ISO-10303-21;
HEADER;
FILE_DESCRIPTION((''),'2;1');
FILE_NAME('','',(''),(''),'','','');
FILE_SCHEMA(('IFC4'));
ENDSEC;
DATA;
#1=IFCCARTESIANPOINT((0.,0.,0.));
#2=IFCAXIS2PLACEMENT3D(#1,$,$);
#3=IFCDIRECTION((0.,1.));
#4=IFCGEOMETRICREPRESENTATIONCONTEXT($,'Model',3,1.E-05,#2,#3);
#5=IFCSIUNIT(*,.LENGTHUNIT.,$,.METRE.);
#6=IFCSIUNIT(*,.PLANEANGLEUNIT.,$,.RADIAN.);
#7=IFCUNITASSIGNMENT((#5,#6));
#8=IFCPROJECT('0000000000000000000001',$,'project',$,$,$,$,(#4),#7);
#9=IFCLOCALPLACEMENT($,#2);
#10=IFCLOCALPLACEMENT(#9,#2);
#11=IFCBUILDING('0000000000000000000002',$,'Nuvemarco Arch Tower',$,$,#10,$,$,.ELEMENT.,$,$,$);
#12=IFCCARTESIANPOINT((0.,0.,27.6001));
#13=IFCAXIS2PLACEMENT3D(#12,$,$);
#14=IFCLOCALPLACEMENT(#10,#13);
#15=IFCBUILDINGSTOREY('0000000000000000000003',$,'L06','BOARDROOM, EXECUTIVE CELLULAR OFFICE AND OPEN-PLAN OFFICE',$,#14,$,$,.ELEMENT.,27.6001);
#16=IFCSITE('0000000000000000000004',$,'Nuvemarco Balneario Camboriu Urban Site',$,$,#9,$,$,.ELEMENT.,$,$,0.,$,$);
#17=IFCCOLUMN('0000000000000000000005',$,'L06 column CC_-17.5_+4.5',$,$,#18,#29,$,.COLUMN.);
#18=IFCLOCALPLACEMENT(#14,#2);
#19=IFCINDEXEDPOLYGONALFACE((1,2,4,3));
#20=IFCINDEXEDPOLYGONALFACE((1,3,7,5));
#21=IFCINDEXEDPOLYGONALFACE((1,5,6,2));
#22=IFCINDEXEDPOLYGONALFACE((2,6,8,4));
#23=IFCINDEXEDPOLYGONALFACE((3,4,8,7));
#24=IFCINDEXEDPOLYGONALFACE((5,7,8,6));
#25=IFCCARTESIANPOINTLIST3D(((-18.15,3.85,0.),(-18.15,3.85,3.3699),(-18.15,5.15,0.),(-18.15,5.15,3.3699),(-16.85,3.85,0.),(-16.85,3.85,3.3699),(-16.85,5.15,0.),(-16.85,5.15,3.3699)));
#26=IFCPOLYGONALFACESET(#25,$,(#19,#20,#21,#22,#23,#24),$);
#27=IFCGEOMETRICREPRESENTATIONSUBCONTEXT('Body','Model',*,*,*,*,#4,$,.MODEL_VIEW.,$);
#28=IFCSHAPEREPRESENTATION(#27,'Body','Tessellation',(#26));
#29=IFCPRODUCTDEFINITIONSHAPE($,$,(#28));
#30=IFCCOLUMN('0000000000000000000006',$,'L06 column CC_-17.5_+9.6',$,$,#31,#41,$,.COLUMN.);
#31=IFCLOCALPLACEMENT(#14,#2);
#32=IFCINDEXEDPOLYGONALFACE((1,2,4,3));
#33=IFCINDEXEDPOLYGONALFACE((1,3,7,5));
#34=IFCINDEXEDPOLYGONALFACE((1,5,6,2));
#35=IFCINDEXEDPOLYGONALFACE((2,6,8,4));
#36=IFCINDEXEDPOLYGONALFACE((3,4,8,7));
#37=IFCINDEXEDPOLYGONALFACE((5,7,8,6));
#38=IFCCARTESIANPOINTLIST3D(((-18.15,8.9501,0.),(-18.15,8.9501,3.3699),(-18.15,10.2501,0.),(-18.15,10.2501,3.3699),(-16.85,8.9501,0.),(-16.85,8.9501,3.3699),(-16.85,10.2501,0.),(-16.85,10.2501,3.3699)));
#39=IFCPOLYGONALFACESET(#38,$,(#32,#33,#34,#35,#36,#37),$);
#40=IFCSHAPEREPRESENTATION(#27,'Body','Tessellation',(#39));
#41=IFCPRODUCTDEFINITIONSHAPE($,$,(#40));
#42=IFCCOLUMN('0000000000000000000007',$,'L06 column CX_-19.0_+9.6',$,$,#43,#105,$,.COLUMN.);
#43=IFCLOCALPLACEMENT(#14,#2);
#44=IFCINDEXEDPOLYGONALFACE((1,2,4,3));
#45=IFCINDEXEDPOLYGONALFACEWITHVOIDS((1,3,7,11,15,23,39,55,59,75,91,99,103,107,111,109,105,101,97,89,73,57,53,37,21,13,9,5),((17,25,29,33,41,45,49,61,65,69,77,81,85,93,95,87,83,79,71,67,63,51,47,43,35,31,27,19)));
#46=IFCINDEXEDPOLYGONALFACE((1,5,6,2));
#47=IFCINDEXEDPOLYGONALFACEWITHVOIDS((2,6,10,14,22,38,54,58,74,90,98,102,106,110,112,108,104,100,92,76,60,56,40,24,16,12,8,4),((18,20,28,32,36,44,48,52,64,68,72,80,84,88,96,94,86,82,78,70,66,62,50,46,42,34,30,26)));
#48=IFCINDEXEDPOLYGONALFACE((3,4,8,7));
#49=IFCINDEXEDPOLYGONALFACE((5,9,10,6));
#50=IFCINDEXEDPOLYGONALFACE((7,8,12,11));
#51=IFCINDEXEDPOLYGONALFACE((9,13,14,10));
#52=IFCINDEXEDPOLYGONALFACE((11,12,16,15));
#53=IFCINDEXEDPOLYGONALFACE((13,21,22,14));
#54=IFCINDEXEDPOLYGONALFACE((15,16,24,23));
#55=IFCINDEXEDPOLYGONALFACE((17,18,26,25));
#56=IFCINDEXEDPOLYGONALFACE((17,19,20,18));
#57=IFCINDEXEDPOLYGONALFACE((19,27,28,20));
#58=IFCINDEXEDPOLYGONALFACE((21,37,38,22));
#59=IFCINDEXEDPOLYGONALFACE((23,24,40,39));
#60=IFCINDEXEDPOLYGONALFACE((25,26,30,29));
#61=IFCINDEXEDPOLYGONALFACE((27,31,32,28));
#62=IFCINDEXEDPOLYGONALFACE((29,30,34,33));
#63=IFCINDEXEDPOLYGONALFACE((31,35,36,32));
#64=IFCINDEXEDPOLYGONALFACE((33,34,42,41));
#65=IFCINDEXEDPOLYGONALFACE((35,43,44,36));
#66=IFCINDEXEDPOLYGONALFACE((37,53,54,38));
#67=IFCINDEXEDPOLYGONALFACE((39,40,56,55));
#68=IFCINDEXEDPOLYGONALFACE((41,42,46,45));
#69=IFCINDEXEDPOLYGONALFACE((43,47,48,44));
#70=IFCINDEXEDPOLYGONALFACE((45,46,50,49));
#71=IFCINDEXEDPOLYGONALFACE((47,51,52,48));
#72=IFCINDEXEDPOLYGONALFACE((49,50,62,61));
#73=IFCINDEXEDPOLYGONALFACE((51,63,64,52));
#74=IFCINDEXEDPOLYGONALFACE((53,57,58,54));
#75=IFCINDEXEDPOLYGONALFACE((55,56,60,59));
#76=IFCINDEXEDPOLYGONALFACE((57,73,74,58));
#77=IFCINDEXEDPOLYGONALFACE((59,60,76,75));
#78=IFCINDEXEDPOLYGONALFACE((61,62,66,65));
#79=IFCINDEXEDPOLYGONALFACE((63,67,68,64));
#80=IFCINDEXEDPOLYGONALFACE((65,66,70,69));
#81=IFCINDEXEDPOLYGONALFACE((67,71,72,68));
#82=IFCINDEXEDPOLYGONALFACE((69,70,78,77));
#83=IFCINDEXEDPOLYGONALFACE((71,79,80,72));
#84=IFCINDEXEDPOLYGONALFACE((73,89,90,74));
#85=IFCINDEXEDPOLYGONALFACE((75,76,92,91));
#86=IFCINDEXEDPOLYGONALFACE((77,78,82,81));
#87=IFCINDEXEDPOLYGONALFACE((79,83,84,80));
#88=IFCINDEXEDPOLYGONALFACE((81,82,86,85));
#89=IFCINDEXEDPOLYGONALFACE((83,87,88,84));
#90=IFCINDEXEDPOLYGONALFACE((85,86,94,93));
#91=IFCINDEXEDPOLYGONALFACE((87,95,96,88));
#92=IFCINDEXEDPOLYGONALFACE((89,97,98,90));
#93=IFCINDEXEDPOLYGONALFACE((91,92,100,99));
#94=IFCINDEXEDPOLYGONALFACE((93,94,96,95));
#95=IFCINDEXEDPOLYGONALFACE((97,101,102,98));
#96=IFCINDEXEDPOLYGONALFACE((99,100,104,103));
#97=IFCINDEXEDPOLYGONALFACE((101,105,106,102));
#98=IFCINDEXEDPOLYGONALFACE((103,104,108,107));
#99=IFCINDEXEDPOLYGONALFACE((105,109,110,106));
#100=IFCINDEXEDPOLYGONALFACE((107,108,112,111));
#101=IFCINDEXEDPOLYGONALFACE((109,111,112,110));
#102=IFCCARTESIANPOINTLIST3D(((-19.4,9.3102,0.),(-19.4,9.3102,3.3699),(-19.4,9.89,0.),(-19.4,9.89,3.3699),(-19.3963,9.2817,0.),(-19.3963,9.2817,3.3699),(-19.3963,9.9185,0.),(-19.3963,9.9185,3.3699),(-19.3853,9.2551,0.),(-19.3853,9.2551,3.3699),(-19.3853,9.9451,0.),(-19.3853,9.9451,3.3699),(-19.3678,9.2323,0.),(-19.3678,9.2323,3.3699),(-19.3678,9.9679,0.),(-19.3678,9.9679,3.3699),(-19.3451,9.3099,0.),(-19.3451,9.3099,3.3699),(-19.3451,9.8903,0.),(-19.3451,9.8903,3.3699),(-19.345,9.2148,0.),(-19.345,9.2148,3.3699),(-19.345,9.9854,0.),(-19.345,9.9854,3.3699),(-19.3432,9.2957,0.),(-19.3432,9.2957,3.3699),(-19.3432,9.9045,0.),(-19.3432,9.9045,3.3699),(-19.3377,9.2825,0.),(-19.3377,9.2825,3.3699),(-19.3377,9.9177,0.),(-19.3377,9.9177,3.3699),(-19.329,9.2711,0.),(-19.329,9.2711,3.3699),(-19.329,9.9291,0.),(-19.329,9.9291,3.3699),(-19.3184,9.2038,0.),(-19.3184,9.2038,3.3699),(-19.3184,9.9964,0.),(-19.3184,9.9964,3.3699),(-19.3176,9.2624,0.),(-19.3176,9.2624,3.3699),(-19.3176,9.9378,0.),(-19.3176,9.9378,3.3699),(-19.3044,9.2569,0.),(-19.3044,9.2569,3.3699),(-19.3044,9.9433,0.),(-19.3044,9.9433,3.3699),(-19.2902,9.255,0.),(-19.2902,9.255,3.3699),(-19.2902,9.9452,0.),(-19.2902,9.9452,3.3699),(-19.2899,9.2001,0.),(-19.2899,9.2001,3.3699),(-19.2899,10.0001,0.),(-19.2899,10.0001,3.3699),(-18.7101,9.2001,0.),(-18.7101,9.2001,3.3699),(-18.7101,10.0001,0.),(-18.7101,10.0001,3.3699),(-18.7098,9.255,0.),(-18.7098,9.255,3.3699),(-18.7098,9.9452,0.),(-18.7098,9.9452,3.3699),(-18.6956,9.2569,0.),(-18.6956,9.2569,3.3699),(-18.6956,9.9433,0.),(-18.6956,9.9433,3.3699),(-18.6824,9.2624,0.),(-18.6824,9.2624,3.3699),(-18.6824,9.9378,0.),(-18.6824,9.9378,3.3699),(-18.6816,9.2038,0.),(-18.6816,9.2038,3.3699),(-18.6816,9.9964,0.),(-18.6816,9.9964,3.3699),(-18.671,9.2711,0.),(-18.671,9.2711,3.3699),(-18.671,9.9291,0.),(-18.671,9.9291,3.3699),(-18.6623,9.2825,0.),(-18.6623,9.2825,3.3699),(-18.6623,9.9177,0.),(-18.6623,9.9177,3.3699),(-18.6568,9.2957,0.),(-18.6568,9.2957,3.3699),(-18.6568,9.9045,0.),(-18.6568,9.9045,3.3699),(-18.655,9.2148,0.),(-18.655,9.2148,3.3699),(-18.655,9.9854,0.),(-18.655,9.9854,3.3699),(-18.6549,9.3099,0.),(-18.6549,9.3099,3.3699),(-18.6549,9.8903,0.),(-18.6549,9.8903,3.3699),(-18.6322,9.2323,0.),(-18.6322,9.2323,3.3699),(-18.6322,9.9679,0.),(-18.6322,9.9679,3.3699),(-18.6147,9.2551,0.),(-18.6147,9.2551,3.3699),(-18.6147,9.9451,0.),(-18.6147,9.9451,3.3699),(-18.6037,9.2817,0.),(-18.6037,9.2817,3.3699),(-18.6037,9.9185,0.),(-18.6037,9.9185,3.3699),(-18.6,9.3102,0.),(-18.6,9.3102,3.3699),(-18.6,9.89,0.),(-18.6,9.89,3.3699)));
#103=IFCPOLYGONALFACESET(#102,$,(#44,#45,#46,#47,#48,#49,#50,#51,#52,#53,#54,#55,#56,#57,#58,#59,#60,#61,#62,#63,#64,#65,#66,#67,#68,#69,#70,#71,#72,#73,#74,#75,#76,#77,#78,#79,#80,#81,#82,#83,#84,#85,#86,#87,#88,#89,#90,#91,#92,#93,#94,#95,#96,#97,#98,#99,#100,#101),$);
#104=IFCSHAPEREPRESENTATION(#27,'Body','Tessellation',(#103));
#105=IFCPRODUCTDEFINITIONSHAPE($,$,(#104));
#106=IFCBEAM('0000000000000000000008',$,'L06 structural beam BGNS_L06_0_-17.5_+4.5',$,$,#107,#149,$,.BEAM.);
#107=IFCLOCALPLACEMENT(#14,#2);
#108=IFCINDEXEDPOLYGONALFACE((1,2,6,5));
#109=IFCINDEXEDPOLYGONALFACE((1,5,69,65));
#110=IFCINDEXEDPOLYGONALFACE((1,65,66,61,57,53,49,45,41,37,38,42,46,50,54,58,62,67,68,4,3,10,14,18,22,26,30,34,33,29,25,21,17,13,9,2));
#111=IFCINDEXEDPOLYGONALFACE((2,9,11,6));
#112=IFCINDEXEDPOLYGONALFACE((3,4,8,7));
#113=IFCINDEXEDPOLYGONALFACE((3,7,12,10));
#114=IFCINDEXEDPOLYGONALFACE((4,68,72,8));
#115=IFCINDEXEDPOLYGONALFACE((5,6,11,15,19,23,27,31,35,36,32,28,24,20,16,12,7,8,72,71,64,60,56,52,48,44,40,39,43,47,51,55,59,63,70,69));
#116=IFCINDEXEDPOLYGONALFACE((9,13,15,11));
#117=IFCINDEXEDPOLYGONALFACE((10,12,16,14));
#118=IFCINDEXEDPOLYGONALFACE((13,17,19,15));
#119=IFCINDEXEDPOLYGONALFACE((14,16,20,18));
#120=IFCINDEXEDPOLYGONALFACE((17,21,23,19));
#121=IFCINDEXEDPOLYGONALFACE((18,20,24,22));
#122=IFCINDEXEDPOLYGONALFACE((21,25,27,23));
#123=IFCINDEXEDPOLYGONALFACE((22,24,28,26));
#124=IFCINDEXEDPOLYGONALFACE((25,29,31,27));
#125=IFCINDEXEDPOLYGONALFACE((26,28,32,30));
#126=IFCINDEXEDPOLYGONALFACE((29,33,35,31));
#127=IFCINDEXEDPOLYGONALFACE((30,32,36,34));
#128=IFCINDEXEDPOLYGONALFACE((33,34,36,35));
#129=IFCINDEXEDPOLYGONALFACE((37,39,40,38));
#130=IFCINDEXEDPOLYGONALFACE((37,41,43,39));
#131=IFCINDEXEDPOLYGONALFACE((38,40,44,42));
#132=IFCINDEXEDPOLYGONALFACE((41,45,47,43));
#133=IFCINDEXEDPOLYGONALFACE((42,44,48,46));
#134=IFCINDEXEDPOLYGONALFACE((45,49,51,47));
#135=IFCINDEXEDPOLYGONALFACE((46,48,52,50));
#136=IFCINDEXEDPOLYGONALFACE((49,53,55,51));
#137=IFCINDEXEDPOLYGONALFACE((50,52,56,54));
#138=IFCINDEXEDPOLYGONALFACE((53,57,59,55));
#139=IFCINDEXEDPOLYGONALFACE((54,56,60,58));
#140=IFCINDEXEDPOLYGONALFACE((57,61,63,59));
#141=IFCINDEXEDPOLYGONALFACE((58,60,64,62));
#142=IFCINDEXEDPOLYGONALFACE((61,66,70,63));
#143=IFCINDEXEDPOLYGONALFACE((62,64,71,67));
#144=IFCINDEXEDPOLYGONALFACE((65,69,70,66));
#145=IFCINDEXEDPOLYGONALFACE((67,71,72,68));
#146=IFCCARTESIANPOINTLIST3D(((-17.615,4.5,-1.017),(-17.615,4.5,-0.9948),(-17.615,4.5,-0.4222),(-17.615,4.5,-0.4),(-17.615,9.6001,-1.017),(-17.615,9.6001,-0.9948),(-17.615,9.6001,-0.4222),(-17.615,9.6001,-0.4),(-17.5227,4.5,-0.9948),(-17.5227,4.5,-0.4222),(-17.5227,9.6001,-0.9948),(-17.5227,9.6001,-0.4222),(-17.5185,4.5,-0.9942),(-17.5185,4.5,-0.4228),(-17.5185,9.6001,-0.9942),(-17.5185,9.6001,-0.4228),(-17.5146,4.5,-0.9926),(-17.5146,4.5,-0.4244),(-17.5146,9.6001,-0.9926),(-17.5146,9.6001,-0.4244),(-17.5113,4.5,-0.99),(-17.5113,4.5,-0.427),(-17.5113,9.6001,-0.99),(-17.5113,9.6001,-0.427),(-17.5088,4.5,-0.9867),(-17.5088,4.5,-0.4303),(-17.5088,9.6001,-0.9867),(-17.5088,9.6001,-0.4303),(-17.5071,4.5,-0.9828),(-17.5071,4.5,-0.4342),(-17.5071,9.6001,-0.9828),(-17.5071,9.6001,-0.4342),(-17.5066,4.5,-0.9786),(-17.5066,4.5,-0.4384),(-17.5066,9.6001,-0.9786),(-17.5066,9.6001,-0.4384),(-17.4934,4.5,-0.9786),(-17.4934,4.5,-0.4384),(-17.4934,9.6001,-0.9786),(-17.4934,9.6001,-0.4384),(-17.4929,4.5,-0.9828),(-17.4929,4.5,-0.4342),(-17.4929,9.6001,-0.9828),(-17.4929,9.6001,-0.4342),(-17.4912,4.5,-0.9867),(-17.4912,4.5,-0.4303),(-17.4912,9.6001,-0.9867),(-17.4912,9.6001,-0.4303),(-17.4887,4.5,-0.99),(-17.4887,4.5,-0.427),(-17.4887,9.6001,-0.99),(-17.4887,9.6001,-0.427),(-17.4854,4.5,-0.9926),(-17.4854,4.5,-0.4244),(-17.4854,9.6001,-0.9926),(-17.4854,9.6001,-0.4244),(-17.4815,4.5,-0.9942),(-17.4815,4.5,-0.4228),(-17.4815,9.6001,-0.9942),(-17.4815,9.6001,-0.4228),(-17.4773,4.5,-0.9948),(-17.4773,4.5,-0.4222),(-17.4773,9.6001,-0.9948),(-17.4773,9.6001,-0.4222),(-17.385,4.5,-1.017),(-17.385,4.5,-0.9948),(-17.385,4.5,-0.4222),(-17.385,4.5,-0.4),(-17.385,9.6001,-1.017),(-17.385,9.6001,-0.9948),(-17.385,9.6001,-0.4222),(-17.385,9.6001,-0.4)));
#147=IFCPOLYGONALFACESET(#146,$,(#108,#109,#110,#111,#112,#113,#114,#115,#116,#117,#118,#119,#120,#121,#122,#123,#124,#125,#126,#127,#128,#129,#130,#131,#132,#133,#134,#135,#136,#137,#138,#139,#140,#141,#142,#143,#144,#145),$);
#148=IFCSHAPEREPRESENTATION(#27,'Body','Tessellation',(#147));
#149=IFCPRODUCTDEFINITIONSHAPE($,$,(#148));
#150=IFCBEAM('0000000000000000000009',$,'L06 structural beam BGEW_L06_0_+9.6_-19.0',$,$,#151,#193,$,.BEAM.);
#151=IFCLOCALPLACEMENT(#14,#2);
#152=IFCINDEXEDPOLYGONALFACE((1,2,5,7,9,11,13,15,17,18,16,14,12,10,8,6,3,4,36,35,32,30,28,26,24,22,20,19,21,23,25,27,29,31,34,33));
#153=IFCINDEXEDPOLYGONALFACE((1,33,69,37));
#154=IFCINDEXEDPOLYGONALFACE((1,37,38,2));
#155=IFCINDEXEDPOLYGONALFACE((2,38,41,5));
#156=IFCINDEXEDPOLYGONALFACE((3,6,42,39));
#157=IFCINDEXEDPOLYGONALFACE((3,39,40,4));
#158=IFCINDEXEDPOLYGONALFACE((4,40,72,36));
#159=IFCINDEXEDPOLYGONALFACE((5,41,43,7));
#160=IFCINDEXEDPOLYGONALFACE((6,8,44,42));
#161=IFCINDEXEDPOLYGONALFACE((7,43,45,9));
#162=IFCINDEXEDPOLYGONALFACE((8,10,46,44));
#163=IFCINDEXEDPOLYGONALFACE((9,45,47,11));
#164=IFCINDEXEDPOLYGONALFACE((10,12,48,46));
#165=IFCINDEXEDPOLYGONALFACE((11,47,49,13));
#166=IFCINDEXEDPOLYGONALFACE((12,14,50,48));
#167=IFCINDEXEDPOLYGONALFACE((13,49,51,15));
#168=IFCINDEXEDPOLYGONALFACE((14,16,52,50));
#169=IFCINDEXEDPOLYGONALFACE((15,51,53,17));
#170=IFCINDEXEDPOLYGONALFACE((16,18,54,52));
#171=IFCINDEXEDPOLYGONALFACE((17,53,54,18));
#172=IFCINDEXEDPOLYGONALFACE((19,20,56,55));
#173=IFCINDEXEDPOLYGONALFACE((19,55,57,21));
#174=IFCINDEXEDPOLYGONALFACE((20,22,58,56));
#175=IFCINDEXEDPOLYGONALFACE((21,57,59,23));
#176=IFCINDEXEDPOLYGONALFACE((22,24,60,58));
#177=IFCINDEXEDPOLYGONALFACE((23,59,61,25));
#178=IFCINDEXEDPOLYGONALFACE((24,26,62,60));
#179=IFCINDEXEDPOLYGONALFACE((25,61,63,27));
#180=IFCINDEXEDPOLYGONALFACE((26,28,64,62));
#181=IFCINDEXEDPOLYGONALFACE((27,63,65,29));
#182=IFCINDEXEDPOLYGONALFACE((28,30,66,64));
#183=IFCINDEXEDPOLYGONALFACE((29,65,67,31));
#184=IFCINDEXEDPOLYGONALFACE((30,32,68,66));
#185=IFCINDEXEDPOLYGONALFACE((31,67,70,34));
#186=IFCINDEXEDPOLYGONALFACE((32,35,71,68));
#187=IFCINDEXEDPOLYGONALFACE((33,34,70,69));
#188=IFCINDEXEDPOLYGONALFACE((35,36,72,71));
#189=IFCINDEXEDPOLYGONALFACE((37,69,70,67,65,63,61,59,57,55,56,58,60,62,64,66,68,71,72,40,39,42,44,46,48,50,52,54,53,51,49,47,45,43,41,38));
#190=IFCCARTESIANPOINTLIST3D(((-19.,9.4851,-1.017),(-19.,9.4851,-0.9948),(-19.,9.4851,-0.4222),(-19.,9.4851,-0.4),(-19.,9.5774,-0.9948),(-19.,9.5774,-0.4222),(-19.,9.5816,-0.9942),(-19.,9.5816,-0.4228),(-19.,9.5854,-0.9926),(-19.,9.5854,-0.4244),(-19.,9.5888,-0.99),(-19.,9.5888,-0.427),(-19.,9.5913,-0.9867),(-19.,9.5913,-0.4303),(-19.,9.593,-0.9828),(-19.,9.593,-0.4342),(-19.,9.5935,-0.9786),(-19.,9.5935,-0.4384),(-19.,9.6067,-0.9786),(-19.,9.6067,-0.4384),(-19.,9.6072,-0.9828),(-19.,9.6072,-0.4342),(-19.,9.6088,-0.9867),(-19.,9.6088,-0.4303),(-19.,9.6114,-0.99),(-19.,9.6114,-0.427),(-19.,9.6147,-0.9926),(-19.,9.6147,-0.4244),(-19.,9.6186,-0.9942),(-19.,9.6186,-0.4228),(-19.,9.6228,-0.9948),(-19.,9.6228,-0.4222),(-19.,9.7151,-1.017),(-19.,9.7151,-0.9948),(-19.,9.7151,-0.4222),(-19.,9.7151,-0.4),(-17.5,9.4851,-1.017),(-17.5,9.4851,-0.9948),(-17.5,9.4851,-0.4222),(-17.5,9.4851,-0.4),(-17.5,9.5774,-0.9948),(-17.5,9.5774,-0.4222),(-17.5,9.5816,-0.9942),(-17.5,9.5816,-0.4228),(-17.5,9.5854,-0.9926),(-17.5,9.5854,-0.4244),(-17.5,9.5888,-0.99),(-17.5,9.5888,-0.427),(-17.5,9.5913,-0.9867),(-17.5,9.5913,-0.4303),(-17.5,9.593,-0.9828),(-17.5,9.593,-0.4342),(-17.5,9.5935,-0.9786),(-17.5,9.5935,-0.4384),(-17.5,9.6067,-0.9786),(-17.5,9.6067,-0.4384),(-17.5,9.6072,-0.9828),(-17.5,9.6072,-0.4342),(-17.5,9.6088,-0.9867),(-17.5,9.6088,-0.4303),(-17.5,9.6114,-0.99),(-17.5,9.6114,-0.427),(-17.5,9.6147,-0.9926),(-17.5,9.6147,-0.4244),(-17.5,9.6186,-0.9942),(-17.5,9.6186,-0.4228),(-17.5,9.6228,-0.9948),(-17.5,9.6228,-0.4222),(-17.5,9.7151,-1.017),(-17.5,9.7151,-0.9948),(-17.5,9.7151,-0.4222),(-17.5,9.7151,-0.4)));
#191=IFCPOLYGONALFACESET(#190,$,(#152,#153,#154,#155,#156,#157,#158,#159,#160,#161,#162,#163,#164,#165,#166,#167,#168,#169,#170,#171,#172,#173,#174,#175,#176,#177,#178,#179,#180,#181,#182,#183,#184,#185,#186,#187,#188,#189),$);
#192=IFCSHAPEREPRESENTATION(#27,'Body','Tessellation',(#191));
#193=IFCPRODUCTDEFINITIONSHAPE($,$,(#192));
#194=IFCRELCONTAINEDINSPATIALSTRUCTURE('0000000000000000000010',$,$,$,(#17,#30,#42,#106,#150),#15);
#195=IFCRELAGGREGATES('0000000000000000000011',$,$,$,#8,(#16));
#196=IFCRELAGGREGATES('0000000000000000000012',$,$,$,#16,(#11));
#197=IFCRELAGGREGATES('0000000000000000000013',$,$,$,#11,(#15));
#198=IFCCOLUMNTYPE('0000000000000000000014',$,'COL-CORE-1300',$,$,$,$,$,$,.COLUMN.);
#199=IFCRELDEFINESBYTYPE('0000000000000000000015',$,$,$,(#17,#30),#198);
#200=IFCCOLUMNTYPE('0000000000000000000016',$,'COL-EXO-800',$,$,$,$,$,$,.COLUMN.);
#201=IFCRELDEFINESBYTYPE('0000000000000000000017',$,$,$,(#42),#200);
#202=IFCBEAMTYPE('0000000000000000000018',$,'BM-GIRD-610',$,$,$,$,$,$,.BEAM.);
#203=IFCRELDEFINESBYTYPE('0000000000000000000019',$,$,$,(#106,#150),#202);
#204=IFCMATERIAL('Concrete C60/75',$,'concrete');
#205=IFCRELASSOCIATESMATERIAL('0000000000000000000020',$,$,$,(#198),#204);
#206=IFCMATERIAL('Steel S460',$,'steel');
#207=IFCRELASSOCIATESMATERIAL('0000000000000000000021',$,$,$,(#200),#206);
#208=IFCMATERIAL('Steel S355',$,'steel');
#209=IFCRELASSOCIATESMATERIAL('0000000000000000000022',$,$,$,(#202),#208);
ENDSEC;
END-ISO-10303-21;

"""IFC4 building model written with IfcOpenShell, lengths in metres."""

from ifc_helpers import new_model, si_unit, direction, frame, origin, origin_2d, place, context, subcontext, project, spatial, rectangle, hollow_rectangle, i_section, extrude, material, material_profile, profile_set, type_object, element, save


model = new_model("IFC4")

# Units and contexts
model_context = context("Model", 3, precision=1e-05, world=origin(), true_north=direction((0.0, 1.0)))
body_context = subcontext(model_context, "Body", "Model", "MODEL_VIEW")
ifc_project = project(units=[si_unit("LENGTHUNIT", "METRE"), si_unit("PLANEANGLEUNIT", "RADIAN")], contexts=[model_context])

# Site, building, storey
site_placement = place(None, origin())
site = spatial("IfcSite", under=ifc_project, at=site_placement, Name="Nuvemarco Balneario Camboriu Urban Site", CompositionType="ELEMENT", RefElevation=0.0)
building_placement = place(site_placement, origin())
building = spatial("IfcBuilding", under=site, at=building_placement, Name="Nuvemarco Arch Tower", CompositionType="ELEMENT")
storey_placement = place(building_placement, frame((0.0, 0.0, 27.6001)))
storey = spatial("IfcBuildingStorey", under=building, at=storey_placement, Name="L06", Description="BOARDROOM, EXECUTIVE CELLULAR OFFICE AND OPEN-PLAN OFFICE", CompositionType="ELEMENT", Elevation=27.6001)

# Columns
ifc_material_1 = material(Name="Concrete C60/75", Category="concrete")
ifc_material_profile_1 = material_profile(ifc_material_1, rectangle(XDim=1.3, YDim=1.3, at=origin_2d()), Name="RC-COL-1300x1300")
ifc_profile_set_1 = profile_set([ifc_material_profile_1], Name="Concrete C60/75")
column_type_1 = type_object("IfcColumnType", Name="COL-CORE-1300", PredefinedType="COLUMN", material=ifc_profile_set_1)
for number, where, z_axis, x_axis, name in (
    (1, (-17.5, 4.5, 0.0), (0.0, 0.0, 1.0), (1.0, 0.0, 0.0), "L06 column CC_-17.5_+4.5"),
    (2, (-17.5, 9.6001, 0.0), (0.0, 0.0, 1.0), (1.0, 0.0, 0.0), "L06 column CC_-17.5_+9.6"),
):
    element("IfcColumn", number, at=place(storey_placement, frame(where, z_axis=z_axis, x_axis=x_axis)), inside=storey, type_object=column_type_1, Name=name, PredefinedType="COLUMN", context=body_context, shape_type="SweptSolid", body=[
        extrude(rectangle(XDim=1.3, YDim=1.3, at=origin_2d()), origin(), (0.0, 0.0, 1.0), 3.3699),
    ])
ifc_material_2 = material(Name="Steel S460", Category="steel")
ifc_material_profile_2 = material_profile(ifc_material_2, hollow_rectangle(XDim=0.8, YDim=0.8, WallThickness=0.0549, InnerFilletRadius=0.0549, OuterFilletRadius=0.1101, at=origin_2d()), Name="SHS800x800x55")
ifc_profile_set_2 = profile_set([ifc_material_profile_2], Name="Steel S460")
column_type_2 = type_object("IfcColumnType", Name="COL-EXO-800", PredefinedType="COLUMN", material=ifc_profile_set_2)
column_placement = place(storey_placement, frame((-19.0, 9.6001, 0.0), z_axis=(0.0, 0.0, 1.0), x_axis=(1.0, 0.0, 0.0)))
element("IfcColumn", 3, at=column_placement, inside=storey, type_object=column_type_2, Name="L06 column CX_-19.0_+9.6", PredefinedType="COLUMN", context=body_context, shape_type="SweptSolid", body=[
    extrude(hollow_rectangle(XDim=0.8, YDim=0.8, WallThickness=0.0549, InnerFilletRadius=0.0549, OuterFilletRadius=0.1101, at=origin_2d()), origin(), (0.0, 0.0, 1.0), 3.3699),
])

# Beams
ifc_material_3 = material(Name="Steel S355", Category="steel")
ifc_material_profile_3 = material_profile(ifc_material_3, i_section(OverallWidth=0.23, OverallDepth=0.6169, WebThickness=0.0132, FlangeThickness=0.0222, FilletRadius=0.0161, at=origin_2d()), Name="W610x140")
ifc_profile_set_3 = profile_set([ifc_material_profile_3], Name="Steel S355")
beam_type_1 = type_object("IfcBeamType", Name="BM-GIRD-610", PredefinedType="BEAM", material=ifc_profile_set_3)
beam_1_placement = place(storey_placement, frame((-17.5, 4.5, -0.7085), z_axis=(0.0, 1.0, 0.0), x_axis=(-1.0, 0.0, 0.0)))
element("IfcBeam", 4, at=beam_1_placement, inside=storey, type_object=beam_type_1, Name="L06 structural beam BGNS_L06_0_-17.5_+4.5", PredefinedType="BEAM", context=body_context, shape_type="SweptSolid", body=[
    extrude(i_section(OverallWidth=0.23, OverallDepth=0.6169, WebThickness=0.0132, FlangeThickness=0.0222, FilletRadius=0.0161, at=origin_2d()), origin(), (0.0, 0.0, 1.0), 5.1001),
])
beam_2_placement = place(storey_placement, frame((-19.0, 9.6001, -0.7085), z_axis=(1.0, 0.0, 0.0), x_axis=(0.0, 1.0, 0.0)))
element("IfcBeam", 5, at=beam_2_placement, inside=storey, type_object=beam_type_1, Name="L06 structural beam BGEW_L06_0_+9.6_-19.0", PredefinedType="BEAM", context=body_context, shape_type="SweptSolid", body=[
    extrude(i_section(OverallWidth=0.23, OverallDepth=0.6169, WebThickness=0.0132, FlangeThickness=0.0222, FilletRadius=0.0161, at=origin_2d()), origin(), (0.0, 0.0, 1.0), 1.5),
])

save(model, "model.ifc")
